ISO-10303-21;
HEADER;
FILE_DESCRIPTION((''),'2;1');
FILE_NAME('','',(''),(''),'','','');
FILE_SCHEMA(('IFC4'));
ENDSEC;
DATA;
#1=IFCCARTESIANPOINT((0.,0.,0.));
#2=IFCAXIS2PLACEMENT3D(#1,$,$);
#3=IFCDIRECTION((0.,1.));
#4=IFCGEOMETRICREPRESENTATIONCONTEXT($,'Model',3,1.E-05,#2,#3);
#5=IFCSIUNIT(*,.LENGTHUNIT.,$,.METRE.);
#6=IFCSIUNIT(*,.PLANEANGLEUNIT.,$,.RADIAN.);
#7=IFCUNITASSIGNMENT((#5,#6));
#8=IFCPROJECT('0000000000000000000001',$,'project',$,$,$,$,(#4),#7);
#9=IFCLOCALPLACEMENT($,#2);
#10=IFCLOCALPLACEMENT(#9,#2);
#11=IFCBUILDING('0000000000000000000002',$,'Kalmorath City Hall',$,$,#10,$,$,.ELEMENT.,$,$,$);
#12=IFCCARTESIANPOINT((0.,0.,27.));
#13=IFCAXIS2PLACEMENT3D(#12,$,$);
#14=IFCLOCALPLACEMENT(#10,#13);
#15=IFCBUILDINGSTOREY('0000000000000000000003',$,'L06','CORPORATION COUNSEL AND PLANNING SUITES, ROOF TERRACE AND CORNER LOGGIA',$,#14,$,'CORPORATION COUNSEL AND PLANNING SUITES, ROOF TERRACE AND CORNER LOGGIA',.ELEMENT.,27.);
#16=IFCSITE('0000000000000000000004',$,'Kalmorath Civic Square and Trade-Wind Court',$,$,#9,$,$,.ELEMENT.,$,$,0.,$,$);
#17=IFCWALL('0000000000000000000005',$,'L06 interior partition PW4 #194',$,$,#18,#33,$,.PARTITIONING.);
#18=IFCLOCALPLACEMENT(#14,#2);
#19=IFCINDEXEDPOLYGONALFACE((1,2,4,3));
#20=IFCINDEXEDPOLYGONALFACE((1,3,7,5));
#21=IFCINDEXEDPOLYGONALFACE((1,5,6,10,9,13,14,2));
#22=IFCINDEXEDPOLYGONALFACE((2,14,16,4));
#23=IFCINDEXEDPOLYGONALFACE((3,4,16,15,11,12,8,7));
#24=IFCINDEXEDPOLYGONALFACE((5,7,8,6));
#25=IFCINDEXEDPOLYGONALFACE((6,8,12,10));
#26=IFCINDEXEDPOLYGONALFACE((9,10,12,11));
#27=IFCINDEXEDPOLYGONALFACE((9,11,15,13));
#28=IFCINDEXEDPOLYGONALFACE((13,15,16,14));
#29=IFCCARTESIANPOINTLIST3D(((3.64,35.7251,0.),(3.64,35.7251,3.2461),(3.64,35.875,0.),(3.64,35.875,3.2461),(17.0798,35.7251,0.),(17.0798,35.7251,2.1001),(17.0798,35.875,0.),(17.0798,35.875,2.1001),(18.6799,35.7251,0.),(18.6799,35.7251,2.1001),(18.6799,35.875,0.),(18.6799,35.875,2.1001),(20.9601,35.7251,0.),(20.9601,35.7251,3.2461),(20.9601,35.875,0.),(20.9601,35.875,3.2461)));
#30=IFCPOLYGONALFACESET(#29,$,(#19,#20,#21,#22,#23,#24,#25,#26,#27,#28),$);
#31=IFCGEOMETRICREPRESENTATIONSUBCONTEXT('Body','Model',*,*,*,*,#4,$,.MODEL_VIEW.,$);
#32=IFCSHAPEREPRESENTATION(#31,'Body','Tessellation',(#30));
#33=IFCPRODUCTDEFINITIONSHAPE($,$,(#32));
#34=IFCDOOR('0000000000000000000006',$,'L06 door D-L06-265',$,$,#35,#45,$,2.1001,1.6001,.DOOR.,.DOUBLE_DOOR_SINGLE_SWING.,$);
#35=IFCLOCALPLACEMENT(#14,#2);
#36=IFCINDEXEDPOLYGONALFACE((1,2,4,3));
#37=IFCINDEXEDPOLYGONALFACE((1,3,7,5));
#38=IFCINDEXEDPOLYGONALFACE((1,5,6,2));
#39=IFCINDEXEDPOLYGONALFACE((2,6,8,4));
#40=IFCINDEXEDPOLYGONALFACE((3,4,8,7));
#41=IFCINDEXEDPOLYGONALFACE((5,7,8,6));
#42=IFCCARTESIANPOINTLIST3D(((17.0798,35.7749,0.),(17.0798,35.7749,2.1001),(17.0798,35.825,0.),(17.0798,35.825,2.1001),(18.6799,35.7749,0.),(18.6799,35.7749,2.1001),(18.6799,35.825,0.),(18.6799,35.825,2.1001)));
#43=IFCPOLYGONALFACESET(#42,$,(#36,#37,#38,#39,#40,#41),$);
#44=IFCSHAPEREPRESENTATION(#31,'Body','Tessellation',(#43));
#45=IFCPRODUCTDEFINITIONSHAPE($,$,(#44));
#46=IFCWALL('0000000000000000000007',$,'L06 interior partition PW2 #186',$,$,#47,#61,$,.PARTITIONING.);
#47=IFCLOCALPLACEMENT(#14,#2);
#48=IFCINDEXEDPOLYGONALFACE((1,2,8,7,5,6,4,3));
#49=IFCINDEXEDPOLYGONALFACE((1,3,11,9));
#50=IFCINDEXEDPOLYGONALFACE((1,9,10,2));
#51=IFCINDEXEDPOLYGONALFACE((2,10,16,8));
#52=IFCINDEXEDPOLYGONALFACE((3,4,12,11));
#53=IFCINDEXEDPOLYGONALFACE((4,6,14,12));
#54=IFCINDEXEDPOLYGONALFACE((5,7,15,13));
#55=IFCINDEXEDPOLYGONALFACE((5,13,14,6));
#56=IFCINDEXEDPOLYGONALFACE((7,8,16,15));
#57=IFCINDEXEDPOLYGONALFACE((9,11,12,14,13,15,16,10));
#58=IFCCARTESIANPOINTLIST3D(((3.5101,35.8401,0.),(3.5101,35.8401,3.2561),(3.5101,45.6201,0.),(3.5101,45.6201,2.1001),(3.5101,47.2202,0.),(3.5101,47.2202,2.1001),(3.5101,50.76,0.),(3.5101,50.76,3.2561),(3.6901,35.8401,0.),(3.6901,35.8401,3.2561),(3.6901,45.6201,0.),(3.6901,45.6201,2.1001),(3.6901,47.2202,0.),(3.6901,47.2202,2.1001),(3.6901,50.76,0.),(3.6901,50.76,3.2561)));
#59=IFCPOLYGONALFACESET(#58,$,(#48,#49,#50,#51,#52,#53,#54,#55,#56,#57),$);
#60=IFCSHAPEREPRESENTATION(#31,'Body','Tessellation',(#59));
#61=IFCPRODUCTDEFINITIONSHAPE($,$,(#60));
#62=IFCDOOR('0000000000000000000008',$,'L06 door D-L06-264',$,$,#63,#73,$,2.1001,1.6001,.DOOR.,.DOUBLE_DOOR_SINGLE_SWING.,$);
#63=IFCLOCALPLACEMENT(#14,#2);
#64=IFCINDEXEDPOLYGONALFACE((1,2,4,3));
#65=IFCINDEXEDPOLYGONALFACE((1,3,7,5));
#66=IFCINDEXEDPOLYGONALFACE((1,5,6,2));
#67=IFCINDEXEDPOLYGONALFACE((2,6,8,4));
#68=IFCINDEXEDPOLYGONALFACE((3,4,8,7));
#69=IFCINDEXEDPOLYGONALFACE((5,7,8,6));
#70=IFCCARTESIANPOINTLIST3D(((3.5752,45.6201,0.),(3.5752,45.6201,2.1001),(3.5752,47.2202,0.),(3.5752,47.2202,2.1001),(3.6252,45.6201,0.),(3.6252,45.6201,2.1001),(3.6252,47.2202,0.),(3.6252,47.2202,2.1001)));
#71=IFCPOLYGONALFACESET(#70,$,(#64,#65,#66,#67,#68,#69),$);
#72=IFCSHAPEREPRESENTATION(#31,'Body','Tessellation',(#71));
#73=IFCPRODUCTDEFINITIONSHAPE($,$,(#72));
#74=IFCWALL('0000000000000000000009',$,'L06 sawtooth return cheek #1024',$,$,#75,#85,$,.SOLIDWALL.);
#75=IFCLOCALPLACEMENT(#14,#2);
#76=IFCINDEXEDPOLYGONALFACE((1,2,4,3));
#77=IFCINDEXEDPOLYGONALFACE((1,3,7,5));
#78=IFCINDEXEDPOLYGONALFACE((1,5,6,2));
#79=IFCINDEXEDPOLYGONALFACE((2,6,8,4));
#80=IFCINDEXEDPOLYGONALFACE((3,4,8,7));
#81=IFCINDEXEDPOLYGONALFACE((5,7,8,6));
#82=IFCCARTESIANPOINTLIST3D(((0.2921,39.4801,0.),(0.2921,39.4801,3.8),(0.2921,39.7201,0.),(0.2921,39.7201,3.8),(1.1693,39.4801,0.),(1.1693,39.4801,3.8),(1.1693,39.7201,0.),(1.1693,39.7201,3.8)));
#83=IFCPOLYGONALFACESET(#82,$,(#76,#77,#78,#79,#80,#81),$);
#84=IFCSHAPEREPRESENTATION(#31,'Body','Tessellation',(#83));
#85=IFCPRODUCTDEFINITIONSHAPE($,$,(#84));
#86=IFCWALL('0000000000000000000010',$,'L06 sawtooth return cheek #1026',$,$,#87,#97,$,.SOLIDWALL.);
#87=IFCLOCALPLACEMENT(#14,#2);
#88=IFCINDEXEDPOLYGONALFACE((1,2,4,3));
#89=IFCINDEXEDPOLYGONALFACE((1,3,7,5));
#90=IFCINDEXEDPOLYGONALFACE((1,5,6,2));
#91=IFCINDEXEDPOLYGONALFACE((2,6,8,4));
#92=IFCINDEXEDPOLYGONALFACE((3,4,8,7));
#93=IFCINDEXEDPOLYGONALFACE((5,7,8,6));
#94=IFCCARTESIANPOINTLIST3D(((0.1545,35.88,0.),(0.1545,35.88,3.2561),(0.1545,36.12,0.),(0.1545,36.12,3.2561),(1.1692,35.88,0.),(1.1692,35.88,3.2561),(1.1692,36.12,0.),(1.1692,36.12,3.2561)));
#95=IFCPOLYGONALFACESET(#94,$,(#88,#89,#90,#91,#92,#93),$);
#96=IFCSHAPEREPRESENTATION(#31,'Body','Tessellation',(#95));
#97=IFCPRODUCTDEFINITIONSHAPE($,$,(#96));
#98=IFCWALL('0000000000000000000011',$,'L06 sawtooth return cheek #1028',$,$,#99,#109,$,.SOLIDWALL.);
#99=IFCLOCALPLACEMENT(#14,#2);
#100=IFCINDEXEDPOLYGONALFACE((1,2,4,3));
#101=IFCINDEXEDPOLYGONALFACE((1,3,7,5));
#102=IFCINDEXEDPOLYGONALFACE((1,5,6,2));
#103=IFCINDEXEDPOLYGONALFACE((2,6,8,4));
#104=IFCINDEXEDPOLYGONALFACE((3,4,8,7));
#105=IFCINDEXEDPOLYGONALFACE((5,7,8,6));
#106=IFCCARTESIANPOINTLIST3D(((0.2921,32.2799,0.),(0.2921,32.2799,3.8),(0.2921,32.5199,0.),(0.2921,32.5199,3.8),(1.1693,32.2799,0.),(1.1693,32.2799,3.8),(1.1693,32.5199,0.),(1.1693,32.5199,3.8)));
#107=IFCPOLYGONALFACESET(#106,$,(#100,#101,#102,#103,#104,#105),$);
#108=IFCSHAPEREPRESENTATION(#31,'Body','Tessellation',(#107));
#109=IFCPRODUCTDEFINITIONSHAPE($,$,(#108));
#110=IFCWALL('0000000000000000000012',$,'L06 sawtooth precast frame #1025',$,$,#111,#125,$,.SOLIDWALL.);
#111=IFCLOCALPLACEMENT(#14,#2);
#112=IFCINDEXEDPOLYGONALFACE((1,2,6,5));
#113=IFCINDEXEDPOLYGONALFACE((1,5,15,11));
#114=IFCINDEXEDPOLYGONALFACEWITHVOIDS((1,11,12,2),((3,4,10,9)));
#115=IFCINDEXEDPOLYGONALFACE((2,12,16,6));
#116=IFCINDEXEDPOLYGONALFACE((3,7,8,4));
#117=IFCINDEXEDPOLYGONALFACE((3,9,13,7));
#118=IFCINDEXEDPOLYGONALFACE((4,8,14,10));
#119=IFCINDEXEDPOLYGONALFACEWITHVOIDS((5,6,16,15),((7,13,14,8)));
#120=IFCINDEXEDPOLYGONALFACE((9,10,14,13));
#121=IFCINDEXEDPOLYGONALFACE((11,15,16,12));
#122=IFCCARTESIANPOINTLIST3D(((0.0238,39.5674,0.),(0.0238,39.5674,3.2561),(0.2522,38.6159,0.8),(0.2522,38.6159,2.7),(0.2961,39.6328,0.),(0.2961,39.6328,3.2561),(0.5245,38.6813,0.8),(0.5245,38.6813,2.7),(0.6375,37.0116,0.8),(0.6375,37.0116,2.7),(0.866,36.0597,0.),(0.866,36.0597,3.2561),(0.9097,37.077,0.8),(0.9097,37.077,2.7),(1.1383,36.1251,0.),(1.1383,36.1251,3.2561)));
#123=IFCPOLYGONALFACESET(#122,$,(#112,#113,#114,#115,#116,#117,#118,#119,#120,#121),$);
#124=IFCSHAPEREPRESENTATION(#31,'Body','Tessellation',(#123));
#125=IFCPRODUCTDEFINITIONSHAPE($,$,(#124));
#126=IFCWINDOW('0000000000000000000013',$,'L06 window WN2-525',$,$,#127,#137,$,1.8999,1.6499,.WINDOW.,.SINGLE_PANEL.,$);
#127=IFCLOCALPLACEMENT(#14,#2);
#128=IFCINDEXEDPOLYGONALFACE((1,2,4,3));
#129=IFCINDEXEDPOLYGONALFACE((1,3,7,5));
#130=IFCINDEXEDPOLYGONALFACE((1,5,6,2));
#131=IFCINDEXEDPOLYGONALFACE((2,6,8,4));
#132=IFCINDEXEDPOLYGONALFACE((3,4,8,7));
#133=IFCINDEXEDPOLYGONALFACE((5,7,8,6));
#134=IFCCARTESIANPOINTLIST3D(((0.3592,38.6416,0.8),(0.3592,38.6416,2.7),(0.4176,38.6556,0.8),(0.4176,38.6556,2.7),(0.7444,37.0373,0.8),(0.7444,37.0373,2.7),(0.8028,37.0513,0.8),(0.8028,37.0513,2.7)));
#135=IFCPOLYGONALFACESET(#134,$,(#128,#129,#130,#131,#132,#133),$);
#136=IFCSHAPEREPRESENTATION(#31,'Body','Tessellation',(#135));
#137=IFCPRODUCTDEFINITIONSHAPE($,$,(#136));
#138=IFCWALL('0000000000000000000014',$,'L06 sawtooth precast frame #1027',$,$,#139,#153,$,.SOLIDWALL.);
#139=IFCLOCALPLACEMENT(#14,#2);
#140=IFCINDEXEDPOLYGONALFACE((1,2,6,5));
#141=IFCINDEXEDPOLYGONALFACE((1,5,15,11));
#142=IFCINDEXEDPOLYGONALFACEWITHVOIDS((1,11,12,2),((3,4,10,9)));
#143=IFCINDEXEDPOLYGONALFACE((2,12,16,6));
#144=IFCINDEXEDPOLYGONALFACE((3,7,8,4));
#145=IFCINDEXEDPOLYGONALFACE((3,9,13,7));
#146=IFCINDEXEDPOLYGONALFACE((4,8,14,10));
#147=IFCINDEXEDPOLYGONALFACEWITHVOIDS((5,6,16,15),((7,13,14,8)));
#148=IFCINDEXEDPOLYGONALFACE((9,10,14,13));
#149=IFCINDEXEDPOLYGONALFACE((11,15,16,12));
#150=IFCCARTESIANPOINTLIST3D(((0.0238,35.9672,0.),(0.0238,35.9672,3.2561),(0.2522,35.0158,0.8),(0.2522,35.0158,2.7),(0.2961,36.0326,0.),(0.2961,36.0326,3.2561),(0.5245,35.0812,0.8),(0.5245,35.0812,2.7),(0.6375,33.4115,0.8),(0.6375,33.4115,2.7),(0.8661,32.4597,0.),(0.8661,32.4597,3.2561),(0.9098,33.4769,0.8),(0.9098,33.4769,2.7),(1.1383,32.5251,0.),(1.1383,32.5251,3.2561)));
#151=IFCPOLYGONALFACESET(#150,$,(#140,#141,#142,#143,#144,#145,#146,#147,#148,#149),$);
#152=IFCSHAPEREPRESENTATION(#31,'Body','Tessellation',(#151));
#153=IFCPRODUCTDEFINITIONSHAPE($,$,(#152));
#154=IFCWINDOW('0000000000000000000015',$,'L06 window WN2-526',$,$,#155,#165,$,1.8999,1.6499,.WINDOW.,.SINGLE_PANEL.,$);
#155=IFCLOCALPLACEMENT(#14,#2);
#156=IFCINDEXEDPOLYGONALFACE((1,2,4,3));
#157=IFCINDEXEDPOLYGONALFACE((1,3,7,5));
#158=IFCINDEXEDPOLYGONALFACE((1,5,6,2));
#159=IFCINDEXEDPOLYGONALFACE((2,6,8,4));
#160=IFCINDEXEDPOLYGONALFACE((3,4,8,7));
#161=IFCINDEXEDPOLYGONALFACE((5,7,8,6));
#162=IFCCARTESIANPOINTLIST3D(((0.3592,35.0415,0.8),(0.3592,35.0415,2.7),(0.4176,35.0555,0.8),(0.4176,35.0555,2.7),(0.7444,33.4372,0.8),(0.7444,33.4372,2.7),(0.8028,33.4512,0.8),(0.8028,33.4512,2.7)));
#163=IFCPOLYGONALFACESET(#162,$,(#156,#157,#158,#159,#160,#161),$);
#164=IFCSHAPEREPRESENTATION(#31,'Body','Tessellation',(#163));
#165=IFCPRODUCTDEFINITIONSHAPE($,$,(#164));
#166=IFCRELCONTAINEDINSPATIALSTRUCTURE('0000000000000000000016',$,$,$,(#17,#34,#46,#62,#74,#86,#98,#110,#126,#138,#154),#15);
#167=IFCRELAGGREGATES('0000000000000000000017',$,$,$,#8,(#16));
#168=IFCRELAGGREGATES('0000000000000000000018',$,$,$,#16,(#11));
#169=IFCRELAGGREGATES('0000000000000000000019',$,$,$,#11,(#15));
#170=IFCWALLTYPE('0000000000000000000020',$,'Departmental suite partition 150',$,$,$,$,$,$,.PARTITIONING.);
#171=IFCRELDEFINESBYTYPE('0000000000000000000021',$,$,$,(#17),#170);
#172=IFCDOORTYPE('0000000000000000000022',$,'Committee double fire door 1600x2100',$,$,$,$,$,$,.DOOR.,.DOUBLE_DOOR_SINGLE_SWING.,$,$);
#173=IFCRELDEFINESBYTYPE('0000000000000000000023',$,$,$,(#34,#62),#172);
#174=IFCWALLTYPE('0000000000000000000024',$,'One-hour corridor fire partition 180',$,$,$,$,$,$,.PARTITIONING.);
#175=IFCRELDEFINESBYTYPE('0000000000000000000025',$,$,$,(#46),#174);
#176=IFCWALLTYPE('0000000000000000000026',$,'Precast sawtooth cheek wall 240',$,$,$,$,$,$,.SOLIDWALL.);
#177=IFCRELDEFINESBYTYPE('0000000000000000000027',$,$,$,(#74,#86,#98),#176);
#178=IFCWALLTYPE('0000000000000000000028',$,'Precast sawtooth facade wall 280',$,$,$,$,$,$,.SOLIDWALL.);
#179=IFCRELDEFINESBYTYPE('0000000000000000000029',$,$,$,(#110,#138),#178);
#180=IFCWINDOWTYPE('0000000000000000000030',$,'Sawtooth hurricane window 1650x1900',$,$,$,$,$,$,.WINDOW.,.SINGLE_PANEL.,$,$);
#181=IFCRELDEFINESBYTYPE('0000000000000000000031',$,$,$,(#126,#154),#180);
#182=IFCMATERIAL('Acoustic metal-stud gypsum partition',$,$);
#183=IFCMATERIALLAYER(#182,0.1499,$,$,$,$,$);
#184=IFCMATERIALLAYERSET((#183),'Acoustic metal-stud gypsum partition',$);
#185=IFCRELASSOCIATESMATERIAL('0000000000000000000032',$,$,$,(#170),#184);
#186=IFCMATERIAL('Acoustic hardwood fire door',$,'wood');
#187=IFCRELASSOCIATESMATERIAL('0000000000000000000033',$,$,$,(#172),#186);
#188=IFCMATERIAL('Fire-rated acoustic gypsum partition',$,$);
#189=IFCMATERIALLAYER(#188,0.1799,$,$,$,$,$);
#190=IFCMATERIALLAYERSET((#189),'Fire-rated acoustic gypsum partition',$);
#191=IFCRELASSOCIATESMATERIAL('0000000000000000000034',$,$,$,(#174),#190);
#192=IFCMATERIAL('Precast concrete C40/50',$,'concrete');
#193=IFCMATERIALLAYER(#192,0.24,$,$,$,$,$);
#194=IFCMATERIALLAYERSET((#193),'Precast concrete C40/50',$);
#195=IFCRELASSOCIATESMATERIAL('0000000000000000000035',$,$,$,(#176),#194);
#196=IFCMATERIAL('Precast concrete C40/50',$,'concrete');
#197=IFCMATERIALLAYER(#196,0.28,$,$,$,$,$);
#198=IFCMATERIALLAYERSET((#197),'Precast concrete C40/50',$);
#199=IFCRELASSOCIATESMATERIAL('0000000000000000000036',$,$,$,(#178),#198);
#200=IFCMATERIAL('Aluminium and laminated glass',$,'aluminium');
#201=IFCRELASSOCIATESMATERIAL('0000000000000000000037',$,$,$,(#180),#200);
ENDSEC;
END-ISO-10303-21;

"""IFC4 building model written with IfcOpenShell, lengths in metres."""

from ifc_helpers import new_model, si_unit, direction, frame, frame_2d, origin, place, context, subcontext, project, spatial, rectangle, extrude, material, layer, layer_set, type_object, element, fill, save


model = new_model("IFC4")

# Units and contexts
model_context = context("Model", 3, precision=1e-05, world=origin(), true_north=direction((0.0, 1.0)))
body_context = subcontext(model_context, "Body", "Model", "MODEL_VIEW")
ifc_project = project(units=[si_unit("LENGTHUNIT", "METRE"), si_unit("PLANEANGLEUNIT", "RADIAN")], contexts=[model_context])

# Site, building, storey
site_placement = place(None, origin())
site = spatial("IfcSite", under=ifc_project, at=site_placement, Name="Kalmorath Civic Square and Trade-Wind Court", CompositionType="ELEMENT", RefElevation=0.0)
building_placement = place(site_placement, origin())
building = spatial("IfcBuilding", under=site, at=building_placement, Name="Kalmorath City Hall", CompositionType="ELEMENT")
storey_placement = place(building_placement, frame((0.0, 0.0, 27.0)))
storey = spatial("IfcBuildingStorey", under=building, at=storey_placement, Name="L06", Description="CORPORATION COUNSEL AND PLANNING SUITES, ROOF TERRACE AND CORNER LOGGIA", LongName="CORPORATION COUNSEL AND PLANNING SUITES, ROOF TERRACE AND CORNER LOGGIA", CompositionType="ELEMENT", Elevation=27.0)

# Walls, openings, doors
ifc_material_1 = material(Name="Acoustic metal-stud gypsum partition")
ifc_layer_1 = layer(ifc_material_1, 0.1499)
ifc_layer_set_1 = layer_set([ifc_layer_1], Name="Acoustic metal-stud gypsum partition")
wall_type_1 = type_object("IfcWallType", Name="Departmental suite partition 150", PredefinedType="PARTITIONING", material=ifc_layer_set_1)
wall_1_placement = place(storey_placement, frame((3.6399, 35.8, 0.0), z_axis=(0.0, 0.0, 1.0), x_axis=(1.0, 0.0, 0.0)))
wall_1 = element("IfcWall", 1, at=wall_1_placement, inside=storey, type_object=wall_type_1, Name="L06 interior partition PW4 #194", PredefinedType="PARTITIONING", context=body_context, shape_type="SweptSolid", body=[
    extrude(rectangle(XDim=17.3201, YDim=0.1499, at=frame_2d((8.6602, 0.0))), origin(), (0.0, 0.0, 1.0), 3.2461),
])
opening_1_placement = place(wall_1_placement, frame((13.4399, 0.0, 0.0)))
opening_1 = element("IfcOpeningElement", 2, at=opening_1_placement, cuts=wall_1, PredefinedType="OPENING", context=body_context, shape_type="SweptSolid", body=[
    extrude(rectangle(XDim=1.6001, YDim=2.1001, at=frame_2d((0.8, 1.05))), frame((0.0, 0.085, 0.0), z_axis=(0.0, -1.0, 0.0), x_axis=(1.0, 0.0, 0.0)), (0.0, 0.0, 1.0), 0.1699),
])
ifc_material_2 = material(Name="Acoustic hardwood fire door", Category="wood")
door_type = type_object("IfcDoorType", Name="Committee double fire door 1600x2100", OperationType="DOUBLE_DOOR_SINGLE_SWING", PredefinedType="DOOR", material=ifc_material_2)
door_1_placement = place(opening_1_placement, origin())
door_1 = element("IfcDoor", 3, at=door_1_placement, inside=storey, type_object=door_type, Name="L06 door D-L06-265", OperationType="DOUBLE_DOOR_SINGLE_SWING", OverallHeight=2.1001, OverallWidth=1.6001, PredefinedType="DOOR", context=body_context, shape_type="SweptSolid", body=[
    extrude(rectangle(XDim=1.6001, YDim=2.1001, at=frame_2d((0.8, 1.05))), frame((0.0, 0.0249, 0.0), z_axis=(0.0, -1.0, 0.0), x_axis=(1.0, 0.0, 0.0)), (0.0, 0.0, 1.0), 0.05),
])
fill(opening_1, door_1)
ifc_material_3 = material(Name="Fire-rated acoustic gypsum partition")
ifc_layer_2 = layer(ifc_material_3, 0.1799)
ifc_layer_set_2 = layer_set([ifc_layer_2], Name="Fire-rated acoustic gypsum partition")
wall_type_2 = type_object("IfcWallType", Name="One-hour corridor fire partition 180", PredefinedType="PARTITIONING", material=ifc_layer_set_2)
wall_2_placement = place(storey_placement, frame((3.6001, 35.8401, 0.0), z_axis=(0.0, 0.0, 1.0), x_axis=(0.0, 1.0, 0.0)))
wall_2 = element("IfcWall", 4, at=wall_2_placement, inside=storey, type_object=wall_type_2, Name="L06 interior partition PW2 #186", PredefinedType="PARTITIONING", context=body_context, shape_type="SweptSolid", body=[
    extrude(rectangle(XDim=14.9199, YDim=0.1799, at=frame_2d((7.46, 0.0))), origin(), (0.0, 0.0, 1.0), 3.2561),
])
opening_2_placement = place(wall_2_placement, frame((9.78, 0.0, 0.0)))
opening_2 = element("IfcOpeningElement", 5, at=opening_2_placement, cuts=wall_2, PredefinedType="OPENING", context=body_context, shape_type="SweptSolid", body=[
    extrude(rectangle(XDim=1.6001, YDim=2.1001, at=frame_2d((0.8, 1.05))), frame((0.0, 0.0999, 0.0), z_axis=(0.0, -1.0, 0.0), x_axis=(1.0, 0.0, 0.0)), (0.0, 0.0, 1.0), 0.2),
])
door_2_placement = place(opening_2_placement, origin())
door_2 = element("IfcDoor", 6, at=door_2_placement, inside=storey, type_object=door_type, Name="L06 door D-L06-264", OperationType="DOUBLE_DOOR_SINGLE_SWING", OverallHeight=2.1001, OverallWidth=1.6001, PredefinedType="DOOR", context=body_context, shape_type="SweptSolid", body=[
    extrude(rectangle(XDim=1.6001, YDim=2.1001, at=frame_2d((0.8, 1.05))), frame((0.0, 0.0249, 0.0), z_axis=(0.0, -1.0, 0.0), x_axis=(1.0, 0.0, 0.0)), (0.0, 0.0, 1.0), 0.05),
])
fill(opening_2, door_2)

# Walls
ifc_material_4 = material(Name="Precast concrete C40/50", Category="concrete")
ifc_layer_3 = layer(ifc_material_4, 0.24)
ifc_layer_set_3 = layer_set([ifc_layer_3], Name="Precast concrete C40/50")
wall_type_3 = type_object("IfcWallType", Name="Precast sawtooth cheek wall 240", PredefinedType="SOLIDWALL", material=ifc_layer_set_3)
wall_3_placement = place(storey_placement, frame((1.1692, 39.6001, 0.0), z_axis=(0.0, 0.0, 1.0), x_axis=(-1.0, 0.0, 0.0)))
element("IfcWall", 7, at=wall_3_placement, inside=storey, type_object=wall_type_3, Name="L06 sawtooth return cheek #1024", PredefinedType="SOLIDWALL", context=body_context, shape_type="SweptSolid", body=[
    extrude(rectangle(XDim=0.8772, YDim=0.24, at=frame_2d((0.4385, 0.0))), origin(), (0.0, 0.0, 1.0), 3.8),
])
wall_4_placement = place(storey_placement, frame((1.1692, 36.0, 0.0), z_axis=(0.0, 0.0, 1.0), x_axis=(-1.0, 0.0, 0.0)))
element("IfcWall", 8, at=wall_4_placement, inside=storey, type_object=wall_type_3, Name="L06 sawtooth return cheek #1026", PredefinedType="SOLIDWALL", context=body_context, shape_type="SweptSolid", body=[
    extrude(rectangle(XDim=1.0146, YDim=0.24, at=frame_2d((0.5073, 0.0))), origin(), (0.0, 0.0, 1.0), 3.2561),
])
wall_5_placement = place(storey_placement, frame((1.1692, 32.3999, 0.0), z_axis=(0.0, 0.0, 1.0), x_axis=(-1.0, 0.0, 0.0)))
element("IfcWall", 9, at=wall_5_placement, inside=storey, type_object=wall_type_3, Name="L06 sawtooth return cheek #1028", PredefinedType="SOLIDWALL", context=body_context, shape_type="SweptSolid", body=[
    extrude(rectangle(XDim=0.8772, YDim=0.24, at=frame_2d((0.4385, 0.0))), origin(), (0.0, 0.0, 1.0), 3.8),
])

# Walls, openings, windows
ifc_material_5 = material(Name="Precast concrete C40/50", Category="concrete")
ifc_layer_4 = layer(ifc_material_5, 0.28)
ifc_layer_set_4 = layer_set([ifc_layer_4], Name="Precast concrete C40/50")
wall_type_4 = type_object("IfcWallType", Name="Precast sawtooth facade wall 280", PredefinedType="SOLIDWALL", material=ifc_layer_set_4)
wall_6_placement = place(storey_placement, frame((0.1599, 39.6001, 0.0), z_axis=(0.0, 0.0, 1.0), x_axis=(0.23348, -0.972361, 0.0)))
wall_6 = element("IfcWall", 10, at=wall_6_placement, inside=storey, type_object=wall_type_4, Name="L06 sawtooth precast frame #1025", PredefinedType="SOLIDWALL", context=body_context, shape_type="SweptSolid", body=[
    extrude(rectangle(XDim=3.6074, YDim=0.28, at=frame_2d((1.8037, 0.0))), origin(), (0.0, 0.0, 1.0), 3.2561),
])
opening_3_placement = place(wall_6_placement, frame((0.9785, 0.0, 0.8)))
opening_3 = element("IfcOpeningElement", 11, at=opening_3_placement, cuts=wall_6, PredefinedType="OPENING", context=body_context, shape_type="SweptSolid", body=[
    extrude(rectangle(XDim=1.6499, YDim=1.8999, at=frame_2d((0.825, 0.95))), frame((0.0, 0.1499, 0.0), z_axis=(0.0, -1.0, 0.0), x_axis=(1.0, 0.0, 0.0)), (0.0, 0.0, 1.0), 0.3),
])
ifc_material_6 = material(Name="Aluminium and laminated glass", Category="aluminium")
window_type = type_object("IfcWindowType", Name="Sawtooth hurricane window 1650x1900", PartitioningType="SINGLE_PANEL", PredefinedType="WINDOW", material=ifc_material_6)
window_1_placement = place(opening_3_placement, origin())
window_1 = element("IfcWindow", 12, at=window_1_placement, inside=storey, type_object=window_type, Name="L06 window WN2-525", OverallHeight=1.8999, OverallWidth=1.6499, PartitioningType="SINGLE_PANEL", PredefinedType="WINDOW", context=body_context, shape_type="SweptSolid", body=[
    extrude(rectangle(XDim=1.6499, YDim=1.8999, at=frame_2d((0.825, 0.95))), frame((0.0, 0.03, 0.0), z_axis=(0.0, -1.0, 0.0), x_axis=(1.0, 0.0, 0.0)), (0.0, 0.0, 1.0), 0.0601),
])
fill(opening_3, window_1)
wall_7_placement = place(storey_placement, frame((0.1599, 36.0, 0.0), z_axis=(0.0, 0.0, 1.0), x_axis=(0.233496, -0.972358, 0.0)))
wall_7 = element("IfcWall", 13, at=wall_7_placement, inside=storey, type_object=wall_type_4, Name="L06 sawtooth precast frame #1027", PredefinedType="SOLIDWALL", context=body_context, shape_type="SweptSolid", body=[
    extrude(rectangle(XDim=3.6072, YDim=0.28, at=frame_2d((1.8037, 0.0))), origin(), (0.0, 0.0, 1.0), 3.2561),
])
opening_4_placement = place(wall_7_placement, frame((0.9785, 0.0, 0.8)))
opening_4 = element("IfcOpeningElement", 14, at=opening_4_placement, cuts=wall_7, PredefinedType="OPENING", context=body_context, shape_type="SweptSolid", body=[
    extrude(rectangle(XDim=1.6499, YDim=1.8999, at=frame_2d((0.825, 0.95))), frame((0.0, 0.1499, 0.0), z_axis=(0.0, -1.0, 0.0), x_axis=(1.0, 0.0, 0.0)), (0.0, 0.0, 1.0), 0.3),
])
window_2_placement = place(opening_4_placement, origin())
window_2 = element("IfcWindow", 15, at=window_2_placement, inside=storey, type_object=window_type, Name="L06 window WN2-526", OverallHeight=1.8999, OverallWidth=1.6499, PartitioningType="SINGLE_PANEL", PredefinedType="WINDOW", context=body_context, shape_type="SweptSolid", body=[
    extrude(rectangle(XDim=1.6499, YDim=1.8999, at=frame_2d((0.825, 0.95))), frame((0.0, 0.03, 0.0), z_axis=(0.0, -1.0, 0.0), x_axis=(1.0, 0.0, 0.0)), (0.0, 0.0, 1.0), 0.0601),
])
fill(opening_4, window_2)

save(model, "model.ifc")
